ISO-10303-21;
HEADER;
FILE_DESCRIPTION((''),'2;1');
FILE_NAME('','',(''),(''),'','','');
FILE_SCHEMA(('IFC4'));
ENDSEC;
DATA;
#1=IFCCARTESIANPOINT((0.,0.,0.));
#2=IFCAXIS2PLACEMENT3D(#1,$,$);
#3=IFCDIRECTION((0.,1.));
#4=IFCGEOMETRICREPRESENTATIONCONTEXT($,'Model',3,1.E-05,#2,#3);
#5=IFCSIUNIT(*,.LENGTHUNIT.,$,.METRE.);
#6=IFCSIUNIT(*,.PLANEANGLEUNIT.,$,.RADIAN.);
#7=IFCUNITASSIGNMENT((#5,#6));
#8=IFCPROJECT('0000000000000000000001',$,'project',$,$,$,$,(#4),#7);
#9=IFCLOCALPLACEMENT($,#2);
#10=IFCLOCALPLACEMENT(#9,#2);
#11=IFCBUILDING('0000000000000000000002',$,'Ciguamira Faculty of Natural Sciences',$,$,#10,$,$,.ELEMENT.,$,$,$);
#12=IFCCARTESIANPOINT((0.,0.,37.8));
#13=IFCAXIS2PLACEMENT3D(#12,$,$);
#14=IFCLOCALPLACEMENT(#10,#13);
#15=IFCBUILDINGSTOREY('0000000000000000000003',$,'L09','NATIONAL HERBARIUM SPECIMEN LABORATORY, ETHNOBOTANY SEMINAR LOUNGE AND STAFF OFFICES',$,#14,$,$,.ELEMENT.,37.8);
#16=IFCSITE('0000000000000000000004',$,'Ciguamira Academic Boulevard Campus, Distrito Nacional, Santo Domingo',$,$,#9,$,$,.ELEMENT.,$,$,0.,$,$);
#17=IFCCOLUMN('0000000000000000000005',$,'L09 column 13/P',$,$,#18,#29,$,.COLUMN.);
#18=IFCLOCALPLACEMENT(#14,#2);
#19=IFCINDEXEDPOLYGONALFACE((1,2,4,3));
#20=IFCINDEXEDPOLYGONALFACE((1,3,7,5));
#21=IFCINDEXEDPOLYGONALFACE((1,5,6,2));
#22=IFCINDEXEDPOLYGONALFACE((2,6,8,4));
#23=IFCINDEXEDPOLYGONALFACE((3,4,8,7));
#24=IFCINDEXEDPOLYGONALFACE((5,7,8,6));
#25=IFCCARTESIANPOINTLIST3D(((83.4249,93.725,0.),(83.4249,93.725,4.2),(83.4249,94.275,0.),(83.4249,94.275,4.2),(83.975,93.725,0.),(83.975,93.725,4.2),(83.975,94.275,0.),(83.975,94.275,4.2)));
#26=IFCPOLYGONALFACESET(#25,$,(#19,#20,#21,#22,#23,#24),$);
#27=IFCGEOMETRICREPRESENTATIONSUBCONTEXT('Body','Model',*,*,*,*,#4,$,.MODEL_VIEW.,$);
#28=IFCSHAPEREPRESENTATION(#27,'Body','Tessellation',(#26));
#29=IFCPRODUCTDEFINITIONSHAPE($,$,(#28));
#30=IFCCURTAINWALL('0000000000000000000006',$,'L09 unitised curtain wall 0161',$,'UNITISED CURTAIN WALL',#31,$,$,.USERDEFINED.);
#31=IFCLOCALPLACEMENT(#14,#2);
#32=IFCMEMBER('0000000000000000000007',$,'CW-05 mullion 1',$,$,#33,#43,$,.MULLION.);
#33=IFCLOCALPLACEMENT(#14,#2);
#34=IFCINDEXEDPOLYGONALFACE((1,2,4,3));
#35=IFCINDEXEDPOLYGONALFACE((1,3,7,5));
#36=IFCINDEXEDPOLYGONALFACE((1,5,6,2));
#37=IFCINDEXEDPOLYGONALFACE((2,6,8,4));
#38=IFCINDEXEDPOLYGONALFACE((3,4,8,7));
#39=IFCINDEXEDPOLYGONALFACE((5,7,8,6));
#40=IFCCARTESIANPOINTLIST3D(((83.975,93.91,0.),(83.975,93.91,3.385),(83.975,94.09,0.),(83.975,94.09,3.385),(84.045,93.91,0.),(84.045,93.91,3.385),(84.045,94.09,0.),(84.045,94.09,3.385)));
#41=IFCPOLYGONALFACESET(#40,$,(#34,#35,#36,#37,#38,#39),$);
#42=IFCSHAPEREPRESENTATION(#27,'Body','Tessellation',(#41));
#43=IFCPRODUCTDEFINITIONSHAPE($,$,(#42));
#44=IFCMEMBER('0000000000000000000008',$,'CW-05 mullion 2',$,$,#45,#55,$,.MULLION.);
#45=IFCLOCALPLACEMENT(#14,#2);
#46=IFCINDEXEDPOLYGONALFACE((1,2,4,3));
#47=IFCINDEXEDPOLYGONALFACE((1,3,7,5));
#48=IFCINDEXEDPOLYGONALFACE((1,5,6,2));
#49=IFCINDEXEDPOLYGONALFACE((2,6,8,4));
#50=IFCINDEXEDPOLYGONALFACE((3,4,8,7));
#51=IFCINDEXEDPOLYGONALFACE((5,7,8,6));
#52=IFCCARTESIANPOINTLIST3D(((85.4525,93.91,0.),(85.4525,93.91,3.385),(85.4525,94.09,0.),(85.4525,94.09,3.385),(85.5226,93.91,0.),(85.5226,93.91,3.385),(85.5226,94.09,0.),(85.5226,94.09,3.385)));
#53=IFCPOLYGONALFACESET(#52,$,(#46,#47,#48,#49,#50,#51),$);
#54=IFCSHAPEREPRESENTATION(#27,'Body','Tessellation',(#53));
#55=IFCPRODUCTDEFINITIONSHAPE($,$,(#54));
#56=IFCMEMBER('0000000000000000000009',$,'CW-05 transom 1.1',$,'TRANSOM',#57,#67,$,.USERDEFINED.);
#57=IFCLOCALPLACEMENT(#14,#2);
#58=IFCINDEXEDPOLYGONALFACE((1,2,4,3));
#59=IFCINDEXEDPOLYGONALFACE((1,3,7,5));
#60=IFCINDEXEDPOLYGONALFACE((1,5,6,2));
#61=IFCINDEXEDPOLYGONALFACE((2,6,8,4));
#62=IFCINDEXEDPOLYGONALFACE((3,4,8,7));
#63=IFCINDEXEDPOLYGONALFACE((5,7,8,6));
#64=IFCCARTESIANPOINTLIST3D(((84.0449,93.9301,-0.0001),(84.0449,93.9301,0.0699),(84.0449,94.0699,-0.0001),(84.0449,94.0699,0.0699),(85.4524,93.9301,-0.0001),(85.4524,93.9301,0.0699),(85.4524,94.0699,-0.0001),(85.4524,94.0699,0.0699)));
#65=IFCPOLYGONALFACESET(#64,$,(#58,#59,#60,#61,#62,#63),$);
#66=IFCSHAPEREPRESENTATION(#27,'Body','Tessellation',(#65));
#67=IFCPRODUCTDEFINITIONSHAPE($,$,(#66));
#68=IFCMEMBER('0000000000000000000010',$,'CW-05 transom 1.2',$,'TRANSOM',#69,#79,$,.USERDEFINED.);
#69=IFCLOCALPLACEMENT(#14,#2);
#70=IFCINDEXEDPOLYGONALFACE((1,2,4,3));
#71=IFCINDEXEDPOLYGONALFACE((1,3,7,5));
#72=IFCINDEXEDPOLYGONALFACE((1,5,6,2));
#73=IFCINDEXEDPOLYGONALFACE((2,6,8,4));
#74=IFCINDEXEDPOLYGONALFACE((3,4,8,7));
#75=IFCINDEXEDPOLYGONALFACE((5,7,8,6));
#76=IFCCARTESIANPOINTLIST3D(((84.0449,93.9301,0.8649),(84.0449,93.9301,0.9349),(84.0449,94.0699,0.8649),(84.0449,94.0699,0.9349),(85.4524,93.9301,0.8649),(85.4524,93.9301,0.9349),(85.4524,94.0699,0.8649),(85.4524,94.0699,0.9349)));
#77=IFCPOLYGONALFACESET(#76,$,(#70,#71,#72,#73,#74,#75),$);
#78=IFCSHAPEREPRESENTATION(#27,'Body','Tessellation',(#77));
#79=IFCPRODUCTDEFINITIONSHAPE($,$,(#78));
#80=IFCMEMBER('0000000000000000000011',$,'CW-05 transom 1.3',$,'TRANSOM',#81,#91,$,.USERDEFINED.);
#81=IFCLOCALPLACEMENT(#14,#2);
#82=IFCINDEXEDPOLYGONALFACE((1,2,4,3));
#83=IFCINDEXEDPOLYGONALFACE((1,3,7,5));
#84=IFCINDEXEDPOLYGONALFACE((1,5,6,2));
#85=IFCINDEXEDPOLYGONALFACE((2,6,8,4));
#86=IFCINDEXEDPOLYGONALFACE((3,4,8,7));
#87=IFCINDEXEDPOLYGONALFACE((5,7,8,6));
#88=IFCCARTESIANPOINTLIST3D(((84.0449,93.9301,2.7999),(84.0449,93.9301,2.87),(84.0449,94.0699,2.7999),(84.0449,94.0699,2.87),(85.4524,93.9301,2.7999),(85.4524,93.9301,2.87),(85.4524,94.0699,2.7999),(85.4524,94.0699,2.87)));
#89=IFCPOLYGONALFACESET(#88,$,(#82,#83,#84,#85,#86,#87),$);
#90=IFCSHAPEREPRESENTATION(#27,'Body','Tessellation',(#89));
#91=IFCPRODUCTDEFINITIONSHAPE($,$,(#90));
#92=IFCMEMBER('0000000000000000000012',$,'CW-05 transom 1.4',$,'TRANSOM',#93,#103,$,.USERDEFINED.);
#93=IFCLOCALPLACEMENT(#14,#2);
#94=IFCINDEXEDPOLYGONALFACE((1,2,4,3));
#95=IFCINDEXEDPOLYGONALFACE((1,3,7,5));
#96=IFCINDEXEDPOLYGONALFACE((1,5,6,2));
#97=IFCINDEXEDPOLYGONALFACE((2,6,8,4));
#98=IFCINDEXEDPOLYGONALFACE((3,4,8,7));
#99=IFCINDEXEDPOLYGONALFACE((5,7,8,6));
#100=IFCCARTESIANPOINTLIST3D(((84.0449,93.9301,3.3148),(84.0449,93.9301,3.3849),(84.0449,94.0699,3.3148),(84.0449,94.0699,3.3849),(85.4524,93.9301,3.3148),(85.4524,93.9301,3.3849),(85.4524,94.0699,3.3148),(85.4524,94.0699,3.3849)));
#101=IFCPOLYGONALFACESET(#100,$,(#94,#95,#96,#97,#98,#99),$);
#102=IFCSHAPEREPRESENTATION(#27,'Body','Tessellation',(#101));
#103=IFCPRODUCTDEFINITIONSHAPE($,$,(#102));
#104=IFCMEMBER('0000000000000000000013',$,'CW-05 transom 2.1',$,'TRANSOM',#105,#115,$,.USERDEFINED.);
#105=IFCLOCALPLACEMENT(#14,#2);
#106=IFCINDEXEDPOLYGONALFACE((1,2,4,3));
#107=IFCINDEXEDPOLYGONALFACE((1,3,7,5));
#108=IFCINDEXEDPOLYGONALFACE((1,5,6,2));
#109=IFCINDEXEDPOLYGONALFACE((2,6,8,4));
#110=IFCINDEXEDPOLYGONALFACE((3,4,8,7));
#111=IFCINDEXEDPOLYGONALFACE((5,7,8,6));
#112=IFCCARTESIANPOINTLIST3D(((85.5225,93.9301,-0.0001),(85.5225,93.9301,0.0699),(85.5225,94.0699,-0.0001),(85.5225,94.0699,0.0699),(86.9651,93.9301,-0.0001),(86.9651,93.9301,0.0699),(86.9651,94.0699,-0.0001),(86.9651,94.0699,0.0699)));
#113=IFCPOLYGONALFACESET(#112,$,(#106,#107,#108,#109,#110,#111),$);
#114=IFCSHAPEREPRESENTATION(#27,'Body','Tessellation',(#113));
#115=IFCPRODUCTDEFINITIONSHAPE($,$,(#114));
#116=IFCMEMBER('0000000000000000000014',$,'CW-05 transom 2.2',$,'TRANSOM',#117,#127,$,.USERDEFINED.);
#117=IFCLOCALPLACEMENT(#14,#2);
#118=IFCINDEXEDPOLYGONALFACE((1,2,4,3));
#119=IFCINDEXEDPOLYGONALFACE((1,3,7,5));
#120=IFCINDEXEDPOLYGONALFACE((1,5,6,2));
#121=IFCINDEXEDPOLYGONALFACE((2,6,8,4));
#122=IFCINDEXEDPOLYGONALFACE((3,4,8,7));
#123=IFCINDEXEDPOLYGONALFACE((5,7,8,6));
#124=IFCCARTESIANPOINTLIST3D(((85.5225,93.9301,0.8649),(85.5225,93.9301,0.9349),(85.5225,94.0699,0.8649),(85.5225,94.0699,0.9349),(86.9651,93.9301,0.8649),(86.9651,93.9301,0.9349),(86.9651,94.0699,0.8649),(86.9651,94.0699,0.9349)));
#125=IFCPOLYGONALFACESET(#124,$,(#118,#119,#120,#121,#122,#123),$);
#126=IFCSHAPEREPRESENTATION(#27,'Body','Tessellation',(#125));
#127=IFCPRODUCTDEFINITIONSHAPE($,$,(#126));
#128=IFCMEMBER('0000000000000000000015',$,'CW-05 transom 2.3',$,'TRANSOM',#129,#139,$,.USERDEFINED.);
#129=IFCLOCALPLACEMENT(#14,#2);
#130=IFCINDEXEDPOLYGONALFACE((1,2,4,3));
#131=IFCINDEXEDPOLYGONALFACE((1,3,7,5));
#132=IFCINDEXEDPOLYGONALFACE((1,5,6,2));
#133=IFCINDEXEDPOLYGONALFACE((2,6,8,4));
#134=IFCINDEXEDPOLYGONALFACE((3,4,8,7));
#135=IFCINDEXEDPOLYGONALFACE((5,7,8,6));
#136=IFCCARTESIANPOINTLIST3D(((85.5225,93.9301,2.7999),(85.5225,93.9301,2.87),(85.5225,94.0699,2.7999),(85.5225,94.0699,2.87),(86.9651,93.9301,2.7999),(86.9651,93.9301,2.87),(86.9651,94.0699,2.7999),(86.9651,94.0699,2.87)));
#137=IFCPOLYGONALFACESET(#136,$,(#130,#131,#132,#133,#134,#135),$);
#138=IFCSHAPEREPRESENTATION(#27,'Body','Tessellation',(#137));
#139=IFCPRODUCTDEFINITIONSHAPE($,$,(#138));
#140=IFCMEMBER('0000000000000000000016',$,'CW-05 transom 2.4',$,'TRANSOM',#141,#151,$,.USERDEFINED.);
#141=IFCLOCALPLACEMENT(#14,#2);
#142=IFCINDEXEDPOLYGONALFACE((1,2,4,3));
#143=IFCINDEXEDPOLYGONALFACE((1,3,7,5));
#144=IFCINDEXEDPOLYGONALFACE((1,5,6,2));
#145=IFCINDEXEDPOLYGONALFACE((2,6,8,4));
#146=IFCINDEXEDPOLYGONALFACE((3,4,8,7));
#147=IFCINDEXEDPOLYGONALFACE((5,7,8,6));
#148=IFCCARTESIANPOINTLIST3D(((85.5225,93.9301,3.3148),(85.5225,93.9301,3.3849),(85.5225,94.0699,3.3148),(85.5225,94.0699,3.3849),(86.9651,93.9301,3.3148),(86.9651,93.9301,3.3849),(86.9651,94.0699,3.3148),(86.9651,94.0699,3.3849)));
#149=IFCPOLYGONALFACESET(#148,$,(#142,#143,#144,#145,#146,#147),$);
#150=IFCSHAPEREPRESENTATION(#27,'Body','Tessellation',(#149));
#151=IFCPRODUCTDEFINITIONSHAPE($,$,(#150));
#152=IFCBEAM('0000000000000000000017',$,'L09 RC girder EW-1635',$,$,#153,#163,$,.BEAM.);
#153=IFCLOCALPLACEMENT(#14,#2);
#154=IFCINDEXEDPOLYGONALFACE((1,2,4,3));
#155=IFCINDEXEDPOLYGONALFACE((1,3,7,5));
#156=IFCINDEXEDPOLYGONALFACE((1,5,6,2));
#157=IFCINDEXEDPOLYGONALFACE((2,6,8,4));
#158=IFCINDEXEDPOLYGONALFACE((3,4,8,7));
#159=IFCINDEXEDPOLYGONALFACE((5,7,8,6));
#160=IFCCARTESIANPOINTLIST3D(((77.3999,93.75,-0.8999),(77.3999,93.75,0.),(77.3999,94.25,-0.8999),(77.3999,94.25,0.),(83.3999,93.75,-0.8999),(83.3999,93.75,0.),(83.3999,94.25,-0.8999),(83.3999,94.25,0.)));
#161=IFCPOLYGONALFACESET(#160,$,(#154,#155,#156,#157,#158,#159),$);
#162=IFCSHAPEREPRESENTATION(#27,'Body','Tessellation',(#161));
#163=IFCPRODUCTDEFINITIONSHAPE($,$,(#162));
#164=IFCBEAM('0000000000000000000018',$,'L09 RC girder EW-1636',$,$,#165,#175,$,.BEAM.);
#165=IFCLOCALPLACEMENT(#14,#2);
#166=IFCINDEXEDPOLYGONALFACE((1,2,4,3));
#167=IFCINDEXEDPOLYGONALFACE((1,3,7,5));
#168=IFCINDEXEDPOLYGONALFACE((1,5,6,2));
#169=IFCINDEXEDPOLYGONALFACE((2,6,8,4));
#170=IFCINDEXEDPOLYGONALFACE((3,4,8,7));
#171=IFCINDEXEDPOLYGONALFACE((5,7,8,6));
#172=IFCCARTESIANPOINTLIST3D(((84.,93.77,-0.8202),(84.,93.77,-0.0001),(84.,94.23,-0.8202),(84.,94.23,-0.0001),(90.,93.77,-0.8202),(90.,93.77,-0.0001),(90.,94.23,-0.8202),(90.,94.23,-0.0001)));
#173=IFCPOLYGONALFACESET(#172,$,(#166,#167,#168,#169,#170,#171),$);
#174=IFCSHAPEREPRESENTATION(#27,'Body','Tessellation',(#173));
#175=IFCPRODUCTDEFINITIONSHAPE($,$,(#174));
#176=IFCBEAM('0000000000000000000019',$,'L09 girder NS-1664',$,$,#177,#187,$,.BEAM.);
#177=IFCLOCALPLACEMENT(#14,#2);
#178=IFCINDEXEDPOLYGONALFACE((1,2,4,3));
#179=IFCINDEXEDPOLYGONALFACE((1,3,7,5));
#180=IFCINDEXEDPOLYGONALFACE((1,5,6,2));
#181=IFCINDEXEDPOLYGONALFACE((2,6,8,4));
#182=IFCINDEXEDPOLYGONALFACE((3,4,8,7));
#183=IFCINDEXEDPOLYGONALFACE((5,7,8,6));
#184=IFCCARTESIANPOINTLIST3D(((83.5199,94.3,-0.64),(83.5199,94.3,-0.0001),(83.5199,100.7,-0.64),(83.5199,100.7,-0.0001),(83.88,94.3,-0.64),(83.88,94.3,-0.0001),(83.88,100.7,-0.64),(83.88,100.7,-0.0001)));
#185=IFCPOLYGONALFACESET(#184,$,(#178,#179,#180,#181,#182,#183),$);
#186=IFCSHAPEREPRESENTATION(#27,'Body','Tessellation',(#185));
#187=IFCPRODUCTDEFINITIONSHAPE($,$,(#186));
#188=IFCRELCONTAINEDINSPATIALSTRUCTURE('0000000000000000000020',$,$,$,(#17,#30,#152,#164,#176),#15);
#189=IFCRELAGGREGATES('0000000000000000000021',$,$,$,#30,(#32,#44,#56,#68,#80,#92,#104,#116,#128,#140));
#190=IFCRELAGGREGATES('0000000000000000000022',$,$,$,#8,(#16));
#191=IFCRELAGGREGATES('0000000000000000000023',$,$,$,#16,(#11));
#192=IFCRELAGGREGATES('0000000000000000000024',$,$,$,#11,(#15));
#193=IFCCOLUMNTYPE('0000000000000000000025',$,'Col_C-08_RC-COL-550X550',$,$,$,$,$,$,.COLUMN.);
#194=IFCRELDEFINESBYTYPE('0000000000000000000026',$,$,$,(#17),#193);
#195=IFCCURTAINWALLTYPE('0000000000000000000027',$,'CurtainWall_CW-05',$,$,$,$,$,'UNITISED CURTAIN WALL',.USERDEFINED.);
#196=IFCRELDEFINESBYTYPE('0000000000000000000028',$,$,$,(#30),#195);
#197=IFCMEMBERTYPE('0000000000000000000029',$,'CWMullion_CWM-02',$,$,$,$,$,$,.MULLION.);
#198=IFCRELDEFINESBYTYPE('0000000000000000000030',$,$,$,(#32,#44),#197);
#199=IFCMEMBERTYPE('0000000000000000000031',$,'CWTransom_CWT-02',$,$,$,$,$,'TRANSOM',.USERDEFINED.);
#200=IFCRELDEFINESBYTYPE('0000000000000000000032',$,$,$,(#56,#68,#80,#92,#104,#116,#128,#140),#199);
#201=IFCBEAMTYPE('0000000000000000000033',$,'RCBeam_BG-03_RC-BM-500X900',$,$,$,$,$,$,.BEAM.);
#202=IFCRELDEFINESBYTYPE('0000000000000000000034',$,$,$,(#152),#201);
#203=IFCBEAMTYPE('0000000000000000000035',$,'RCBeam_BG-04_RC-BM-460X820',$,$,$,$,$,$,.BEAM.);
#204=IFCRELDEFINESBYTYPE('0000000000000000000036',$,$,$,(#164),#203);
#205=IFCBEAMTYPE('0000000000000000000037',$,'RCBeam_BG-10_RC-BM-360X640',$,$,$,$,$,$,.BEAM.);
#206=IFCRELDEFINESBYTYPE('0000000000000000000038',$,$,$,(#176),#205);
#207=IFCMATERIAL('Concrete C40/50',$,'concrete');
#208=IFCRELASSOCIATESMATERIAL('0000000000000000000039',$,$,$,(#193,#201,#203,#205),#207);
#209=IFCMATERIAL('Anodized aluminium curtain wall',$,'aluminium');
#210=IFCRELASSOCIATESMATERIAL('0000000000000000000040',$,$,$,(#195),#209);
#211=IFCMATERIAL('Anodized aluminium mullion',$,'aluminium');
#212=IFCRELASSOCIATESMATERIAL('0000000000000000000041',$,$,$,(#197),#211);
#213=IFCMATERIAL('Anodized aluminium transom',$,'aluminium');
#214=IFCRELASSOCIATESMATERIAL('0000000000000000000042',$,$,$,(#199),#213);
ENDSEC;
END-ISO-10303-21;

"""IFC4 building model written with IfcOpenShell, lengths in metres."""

from ifc_helpers import new_model, si_unit, direction, frame, origin, origin_2d, place, context, subcontext, project, spatial, rectangle, extrude, material, material_profile, profile_set, type_object, element, aggregate, save


model = new_model("IFC4")

# Units and contexts
model_context = context("Model", 3, precision=1e-05, world=origin(), true_north=direction((0.0, 1.0)))
body_context = subcontext(model_context, "Body", "Model", "MODEL_VIEW")
ifc_project = project(units=[si_unit("LENGTHUNIT", "METRE"), si_unit("PLANEANGLEUNIT", "RADIAN")], contexts=[model_context])

# Site, building, storey
site_placement = place(None, origin())
site = spatial("IfcSite", under=ifc_project, at=site_placement, Name="Ciguamira Academic Boulevard Campus, Distrito Nacional, Santo Domingo", CompositionType="ELEMENT", RefElevation=0.0)
building_placement = place(site_placement, origin())
building = spatial("IfcBuilding", under=site, at=building_placement, Name="Ciguamira Faculty of Natural Sciences", CompositionType="ELEMENT")
storey_placement = place(building_placement, frame((0.0, 0.0, 37.8)))
storey = spatial("IfcBuildingStorey", under=building, at=storey_placement, Name="L09", Description="NATIONAL HERBARIUM SPECIMEN LABORATORY, ETHNOBOTANY SEMINAR LOUNGE AND STAFF OFFICES", CompositionType="ELEMENT", Elevation=37.8)

# Column
ifc_material_1 = material(Name="Concrete C40/50", Category="concrete")
ifc_material_profile_1 = material_profile(ifc_material_1, rectangle(XDim=0.55, YDim=0.55, at=origin_2d()), Name="RC-COL-550X550")
ifc_profile_set_1 = profile_set([ifc_material_profile_1], Name="Concrete C40/50")
column_type = type_object("IfcColumnType", Name="Col_C-08_RC-COL-550X550", PredefinedType="COLUMN", material=ifc_profile_set_1)
column_placement = place(storey_placement, frame((83.7, 94.0, 0.0), z_axis=(0.0, 0.0, 1.0), x_axis=(1.0, 0.0, 0.0)))
element("IfcColumn", 1, at=column_placement, inside=storey, type_object=column_type, Name="L09 column 13/P", PredefinedType="COLUMN", context=body_context, shape_type="SweptSolid", body=[
    extrude(rectangle(XDim=0.55, YDim=0.55, at=origin_2d()), origin(), (0.0, 0.0, 1.0), 4.2),
])

# Curtain wall, members
ifc_material_2 = material(Name="Anodized aluminium curtain wall", Category="aluminium")
curtain_wall_type = type_object("IfcCurtainWallType", Name="CurtainWall_CW-05", ElementType="UNITISED CURTAIN WALL", PredefinedType="USERDEFINED", material=ifc_material_2)
curtain_wall_placement = place(storey_placement, origin())
curtain_wall = element("IfcCurtainWall", 2, at=curtain_wall_placement, inside=storey, type_object=curtain_wall_type, Name="L09 unitised curtain wall 0161", ObjectType="UNITISED CURTAIN WALL", PredefinedType="USERDEFINED")
ifc_material_3 = material(Name="Anodized aluminium mullion", Category="aluminium")
ifc_material_profile_2 = material_profile(ifc_material_3, rectangle(XDim=0.0701, YDim=0.1799, at=origin_2d()), Name="ALU-MUL-70X180")
ifc_profile_set_2 = profile_set([ifc_material_profile_2], Name="Anodized aluminium mullion")
member_type_1 = type_object("IfcMemberType", Name="CWMullion_CWM-02", PredefinedType="MULLION", material=ifc_profile_set_2)
member_1_placement = place(storey_placement, frame((84.01, 94.0, 0.0), z_axis=(0.0, 0.0, 1.0), x_axis=(1.0, 0.0, 0.0)))
member_1 = element("IfcMember", 3, at=member_1_placement, type_object=member_type_1, Name="CW-05 mullion 1", PredefinedType="MULLION", context=body_context, shape_type="SweptSolid", body=[
    extrude(rectangle(XDim=0.0701, YDim=0.1799, at=origin_2d()), origin(), (0.0, 0.0, 1.0), 3.385),
])
member_2_placement = place(storey_placement, frame((85.4875, 94.0, 0.0), z_axis=(0.0, 0.0, 1.0), x_axis=(1.0, 0.0, 0.0)))
member_2 = element("IfcMember", 4, at=member_2_placement, type_object=member_type_1, Name="CW-05 mullion 2", PredefinedType="MULLION", context=body_context, shape_type="SweptSolid", body=[
    extrude(rectangle(XDim=0.0701, YDim=0.1799, at=origin_2d()), origin(), (0.0, 0.0, 1.0), 3.385),
])
ifc_material_4 = material(Name="Anodized aluminium transom", Category="aluminium")
ifc_material_profile_3 = material_profile(ifc_material_4, rectangle(XDim=0.0701, YDim=0.1399, at=origin_2d()), Name="ALU-TRN-70X140")
ifc_profile_set_3 = profile_set([ifc_material_profile_3], Name="Anodized aluminium transom")
member_type_2 = type_object("IfcMemberType", Name="CWTransom_CWT-02", ElementType="TRANSOM", PredefinedType="USERDEFINED", material=ifc_profile_set_3)
member_3_placement = place(storey_placement, frame((84.0449, 94.0, 0.0349), z_axis=(1.0, 0.0, 0.0), x_axis=(0.0, 0.0, 1.0)))
member_3 = element("IfcMember", 5, at=member_3_placement, type_object=member_type_2, Name="CW-05 transom 1.1", ObjectType="TRANSOM", PredefinedType="USERDEFINED", context=body_context, shape_type="SweptSolid", body=[
    extrude(rectangle(XDim=0.0701, YDim=0.1399, at=origin_2d()), origin(), (0.0, 0.0, 1.0), 1.4075),
])
member_4_placement = place(storey_placement, frame((84.0449, 94.0, 0.8999), z_axis=(1.0, 0.0, 0.0), x_axis=(0.0, 0.0, 1.0)))
member_4 = element("IfcMember", 6, at=member_4_placement, type_object=member_type_2, Name="CW-05 transom 1.2", ObjectType="TRANSOM", PredefinedType="USERDEFINED", context=body_context, shape_type="SweptSolid", body=[
    extrude(rectangle(XDim=0.0701, YDim=0.1399, at=origin_2d()), origin(), (0.0, 0.0, 1.0), 1.4075),
])
member_5_placement = place(storey_placement, frame((84.0449, 94.0, 2.835), z_axis=(1.0, 0.0, 0.0), x_axis=(0.0, 0.0, 1.0)))
member_5 = element("IfcMember", 7, at=member_5_placement, type_object=member_type_2, Name="CW-05 transom 1.3", ObjectType="TRANSOM", PredefinedType="USERDEFINED", context=body_context, shape_type="SweptSolid", body=[
    extrude(rectangle(XDim=0.0701, YDim=0.1399, at=origin_2d()), origin(), (0.0, 0.0, 1.0), 1.4075),
])
member_6_placement = place(storey_placement, frame((84.0449, 94.0, 3.3499), z_axis=(1.0, 0.0, 0.0), x_axis=(0.0, 0.0, 1.0)))
member_6 = element("IfcMember", 8, at=member_6_placement, type_object=member_type_2, Name="CW-05 transom 1.4", ObjectType="TRANSOM", PredefinedType="USERDEFINED", context=body_context, shape_type="SweptSolid", body=[
    extrude(rectangle(XDim=0.0701, YDim=0.1399, at=origin_2d()), origin(), (0.0, 0.0, 1.0), 1.4075),
])
member_7_placement = place(storey_placement, frame((85.5225, 94.0, 0.0349), z_axis=(1.0, 0.0, 0.0), x_axis=(0.0, 0.0, 1.0)))
member_7 = element("IfcMember", 9, at=member_7_placement, type_object=member_type_2, Name="CW-05 transom 2.1", ObjectType="TRANSOM", PredefinedType="USERDEFINED", context=body_context, shape_type="SweptSolid", body=[
    extrude(rectangle(XDim=0.0701, YDim=0.1399, at=origin_2d()), origin(), (0.0, 0.0, 1.0), 1.4426),
])
member_8_placement = place(storey_placement, frame((85.5225, 94.0, 0.8999), z_axis=(1.0, 0.0, 0.0), x_axis=(0.0, 0.0, 1.0)))
member_8 = element("IfcMember", 10, at=member_8_placement, type_object=member_type_2, Name="CW-05 transom 2.2", ObjectType="TRANSOM", PredefinedType="USERDEFINED", context=body_context, shape_type="SweptSolid", body=[
    extrude(rectangle(XDim=0.0701, YDim=0.1399, at=origin_2d()), origin(), (0.0, 0.0, 1.0), 1.4426),
])
member_9_placement = place(storey_placement, frame((85.5225, 94.0, 2.835), z_axis=(1.0, 0.0, 0.0), x_axis=(0.0, 0.0, 1.0)))
member_9 = element("IfcMember", 11, at=member_9_placement, type_object=member_type_2, Name="CW-05 transom 2.3", ObjectType="TRANSOM", PredefinedType="USERDEFINED", context=body_context, shape_type="SweptSolid", body=[
    extrude(rectangle(XDim=0.0701, YDim=0.1399, at=origin_2d()), origin(), (0.0, 0.0, 1.0), 1.4426),
])
member_10_placement = place(storey_placement, frame((85.5225, 94.0, 3.3499), z_axis=(1.0, 0.0, 0.0), x_axis=(0.0, 0.0, 1.0)))
member_10 = element("IfcMember", 12, at=member_10_placement, type_object=member_type_2, Name="CW-05 transom 2.4", ObjectType="TRANSOM", PredefinedType="USERDEFINED", context=body_context, shape_type="SweptSolid", body=[
    extrude(rectangle(XDim=0.0701, YDim=0.1399, at=origin_2d()), origin(), (0.0, 0.0, 1.0), 1.4426),
])

# Beams
ifc_material_profile_4 = material_profile(ifc_material_1, rectangle(XDim=0.5, YDim=0.8999, at=origin_2d()), Name="RC-BM-500X900")
ifc_profile_set_4 = profile_set([ifc_material_profile_4], Name="Concrete C40/50")
beam_type_1 = type_object("IfcBeamType", Name="RCBeam_BG-03_RC-BM-500X900", PredefinedType="BEAM", material=ifc_profile_set_4)
beam_1_placement = place(storey_placement, frame((77.3999, 94.0, -0.45), z_axis=(1.0, 0.0, 0.0), x_axis=(0.0, 1.0, 0.0)))
element("IfcBeam", 13, at=beam_1_placement, inside=storey, type_object=beam_type_1, Name="L09 RC girder EW-1635", PredefinedType="BEAM", context=body_context, shape_type="SweptSolid", body=[
    extrude(rectangle(XDim=0.5, YDim=0.8999, at=origin_2d()), origin(), (0.0, 0.0, 1.0), 6.0),
])
ifc_material_profile_5 = material_profile(ifc_material_1, rectangle(XDim=0.46, YDim=0.8201, at=origin_2d()), Name="RC-BM-460X820")
ifc_profile_set_5 = profile_set([ifc_material_profile_5], Name="Concrete C40/50")
beam_type_2 = type_object("IfcBeamType", Name="RCBeam_BG-04_RC-BM-460X820", PredefinedType="BEAM", material=ifc_profile_set_5)
beam_2_placement = place(storey_placement, frame((84.0, 94.0, -0.4102), z_axis=(1.0, 0.0, 0.0), x_axis=(0.0, 1.0, 0.0)))
element("IfcBeam", 14, at=beam_2_placement, inside=storey, type_object=beam_type_2, Name="L09 RC girder EW-1636", PredefinedType="BEAM", context=body_context, shape_type="SweptSolid", body=[
    extrude(rectangle(XDim=0.46, YDim=0.8201, at=origin_2d()), origin(), (0.0, 0.0, 1.0), 6.0),
])
ifc_material_profile_6 = material_profile(ifc_material_1, rectangle(XDim=0.3601, YDim=0.6399, at=origin_2d()), Name="RC-BM-360X640")
ifc_profile_set_6 = profile_set([ifc_material_profile_6], Name="Concrete C40/50")
beam_type_3 = type_object("IfcBeamType", Name="RCBeam_BG-10_RC-BM-360X640", PredefinedType="BEAM", material=ifc_profile_set_6)
beam_3_placement = place(storey_placement, frame((83.7, 94.3, -0.3201), z_axis=(0.0, 1.0, 0.0), x_axis=(-1.0, 0.0, 0.0)))
element("IfcBeam", 15, at=beam_3_placement, inside=storey, type_object=beam_type_3, Name="L09 girder NS-1664", PredefinedType="BEAM", context=body_context, shape_type="SweptSolid", body=[
    extrude(rectangle(XDim=0.3601, YDim=0.6399, at=origin_2d()), origin(), (0.0, 0.0, 1.0), 6.3999),
])

aggregate(curtain_wall, [member_1, member_2, member_3, member_4, member_5, member_6, member_7, member_8, member_9, member_10])

save(model, "model.ifc")
